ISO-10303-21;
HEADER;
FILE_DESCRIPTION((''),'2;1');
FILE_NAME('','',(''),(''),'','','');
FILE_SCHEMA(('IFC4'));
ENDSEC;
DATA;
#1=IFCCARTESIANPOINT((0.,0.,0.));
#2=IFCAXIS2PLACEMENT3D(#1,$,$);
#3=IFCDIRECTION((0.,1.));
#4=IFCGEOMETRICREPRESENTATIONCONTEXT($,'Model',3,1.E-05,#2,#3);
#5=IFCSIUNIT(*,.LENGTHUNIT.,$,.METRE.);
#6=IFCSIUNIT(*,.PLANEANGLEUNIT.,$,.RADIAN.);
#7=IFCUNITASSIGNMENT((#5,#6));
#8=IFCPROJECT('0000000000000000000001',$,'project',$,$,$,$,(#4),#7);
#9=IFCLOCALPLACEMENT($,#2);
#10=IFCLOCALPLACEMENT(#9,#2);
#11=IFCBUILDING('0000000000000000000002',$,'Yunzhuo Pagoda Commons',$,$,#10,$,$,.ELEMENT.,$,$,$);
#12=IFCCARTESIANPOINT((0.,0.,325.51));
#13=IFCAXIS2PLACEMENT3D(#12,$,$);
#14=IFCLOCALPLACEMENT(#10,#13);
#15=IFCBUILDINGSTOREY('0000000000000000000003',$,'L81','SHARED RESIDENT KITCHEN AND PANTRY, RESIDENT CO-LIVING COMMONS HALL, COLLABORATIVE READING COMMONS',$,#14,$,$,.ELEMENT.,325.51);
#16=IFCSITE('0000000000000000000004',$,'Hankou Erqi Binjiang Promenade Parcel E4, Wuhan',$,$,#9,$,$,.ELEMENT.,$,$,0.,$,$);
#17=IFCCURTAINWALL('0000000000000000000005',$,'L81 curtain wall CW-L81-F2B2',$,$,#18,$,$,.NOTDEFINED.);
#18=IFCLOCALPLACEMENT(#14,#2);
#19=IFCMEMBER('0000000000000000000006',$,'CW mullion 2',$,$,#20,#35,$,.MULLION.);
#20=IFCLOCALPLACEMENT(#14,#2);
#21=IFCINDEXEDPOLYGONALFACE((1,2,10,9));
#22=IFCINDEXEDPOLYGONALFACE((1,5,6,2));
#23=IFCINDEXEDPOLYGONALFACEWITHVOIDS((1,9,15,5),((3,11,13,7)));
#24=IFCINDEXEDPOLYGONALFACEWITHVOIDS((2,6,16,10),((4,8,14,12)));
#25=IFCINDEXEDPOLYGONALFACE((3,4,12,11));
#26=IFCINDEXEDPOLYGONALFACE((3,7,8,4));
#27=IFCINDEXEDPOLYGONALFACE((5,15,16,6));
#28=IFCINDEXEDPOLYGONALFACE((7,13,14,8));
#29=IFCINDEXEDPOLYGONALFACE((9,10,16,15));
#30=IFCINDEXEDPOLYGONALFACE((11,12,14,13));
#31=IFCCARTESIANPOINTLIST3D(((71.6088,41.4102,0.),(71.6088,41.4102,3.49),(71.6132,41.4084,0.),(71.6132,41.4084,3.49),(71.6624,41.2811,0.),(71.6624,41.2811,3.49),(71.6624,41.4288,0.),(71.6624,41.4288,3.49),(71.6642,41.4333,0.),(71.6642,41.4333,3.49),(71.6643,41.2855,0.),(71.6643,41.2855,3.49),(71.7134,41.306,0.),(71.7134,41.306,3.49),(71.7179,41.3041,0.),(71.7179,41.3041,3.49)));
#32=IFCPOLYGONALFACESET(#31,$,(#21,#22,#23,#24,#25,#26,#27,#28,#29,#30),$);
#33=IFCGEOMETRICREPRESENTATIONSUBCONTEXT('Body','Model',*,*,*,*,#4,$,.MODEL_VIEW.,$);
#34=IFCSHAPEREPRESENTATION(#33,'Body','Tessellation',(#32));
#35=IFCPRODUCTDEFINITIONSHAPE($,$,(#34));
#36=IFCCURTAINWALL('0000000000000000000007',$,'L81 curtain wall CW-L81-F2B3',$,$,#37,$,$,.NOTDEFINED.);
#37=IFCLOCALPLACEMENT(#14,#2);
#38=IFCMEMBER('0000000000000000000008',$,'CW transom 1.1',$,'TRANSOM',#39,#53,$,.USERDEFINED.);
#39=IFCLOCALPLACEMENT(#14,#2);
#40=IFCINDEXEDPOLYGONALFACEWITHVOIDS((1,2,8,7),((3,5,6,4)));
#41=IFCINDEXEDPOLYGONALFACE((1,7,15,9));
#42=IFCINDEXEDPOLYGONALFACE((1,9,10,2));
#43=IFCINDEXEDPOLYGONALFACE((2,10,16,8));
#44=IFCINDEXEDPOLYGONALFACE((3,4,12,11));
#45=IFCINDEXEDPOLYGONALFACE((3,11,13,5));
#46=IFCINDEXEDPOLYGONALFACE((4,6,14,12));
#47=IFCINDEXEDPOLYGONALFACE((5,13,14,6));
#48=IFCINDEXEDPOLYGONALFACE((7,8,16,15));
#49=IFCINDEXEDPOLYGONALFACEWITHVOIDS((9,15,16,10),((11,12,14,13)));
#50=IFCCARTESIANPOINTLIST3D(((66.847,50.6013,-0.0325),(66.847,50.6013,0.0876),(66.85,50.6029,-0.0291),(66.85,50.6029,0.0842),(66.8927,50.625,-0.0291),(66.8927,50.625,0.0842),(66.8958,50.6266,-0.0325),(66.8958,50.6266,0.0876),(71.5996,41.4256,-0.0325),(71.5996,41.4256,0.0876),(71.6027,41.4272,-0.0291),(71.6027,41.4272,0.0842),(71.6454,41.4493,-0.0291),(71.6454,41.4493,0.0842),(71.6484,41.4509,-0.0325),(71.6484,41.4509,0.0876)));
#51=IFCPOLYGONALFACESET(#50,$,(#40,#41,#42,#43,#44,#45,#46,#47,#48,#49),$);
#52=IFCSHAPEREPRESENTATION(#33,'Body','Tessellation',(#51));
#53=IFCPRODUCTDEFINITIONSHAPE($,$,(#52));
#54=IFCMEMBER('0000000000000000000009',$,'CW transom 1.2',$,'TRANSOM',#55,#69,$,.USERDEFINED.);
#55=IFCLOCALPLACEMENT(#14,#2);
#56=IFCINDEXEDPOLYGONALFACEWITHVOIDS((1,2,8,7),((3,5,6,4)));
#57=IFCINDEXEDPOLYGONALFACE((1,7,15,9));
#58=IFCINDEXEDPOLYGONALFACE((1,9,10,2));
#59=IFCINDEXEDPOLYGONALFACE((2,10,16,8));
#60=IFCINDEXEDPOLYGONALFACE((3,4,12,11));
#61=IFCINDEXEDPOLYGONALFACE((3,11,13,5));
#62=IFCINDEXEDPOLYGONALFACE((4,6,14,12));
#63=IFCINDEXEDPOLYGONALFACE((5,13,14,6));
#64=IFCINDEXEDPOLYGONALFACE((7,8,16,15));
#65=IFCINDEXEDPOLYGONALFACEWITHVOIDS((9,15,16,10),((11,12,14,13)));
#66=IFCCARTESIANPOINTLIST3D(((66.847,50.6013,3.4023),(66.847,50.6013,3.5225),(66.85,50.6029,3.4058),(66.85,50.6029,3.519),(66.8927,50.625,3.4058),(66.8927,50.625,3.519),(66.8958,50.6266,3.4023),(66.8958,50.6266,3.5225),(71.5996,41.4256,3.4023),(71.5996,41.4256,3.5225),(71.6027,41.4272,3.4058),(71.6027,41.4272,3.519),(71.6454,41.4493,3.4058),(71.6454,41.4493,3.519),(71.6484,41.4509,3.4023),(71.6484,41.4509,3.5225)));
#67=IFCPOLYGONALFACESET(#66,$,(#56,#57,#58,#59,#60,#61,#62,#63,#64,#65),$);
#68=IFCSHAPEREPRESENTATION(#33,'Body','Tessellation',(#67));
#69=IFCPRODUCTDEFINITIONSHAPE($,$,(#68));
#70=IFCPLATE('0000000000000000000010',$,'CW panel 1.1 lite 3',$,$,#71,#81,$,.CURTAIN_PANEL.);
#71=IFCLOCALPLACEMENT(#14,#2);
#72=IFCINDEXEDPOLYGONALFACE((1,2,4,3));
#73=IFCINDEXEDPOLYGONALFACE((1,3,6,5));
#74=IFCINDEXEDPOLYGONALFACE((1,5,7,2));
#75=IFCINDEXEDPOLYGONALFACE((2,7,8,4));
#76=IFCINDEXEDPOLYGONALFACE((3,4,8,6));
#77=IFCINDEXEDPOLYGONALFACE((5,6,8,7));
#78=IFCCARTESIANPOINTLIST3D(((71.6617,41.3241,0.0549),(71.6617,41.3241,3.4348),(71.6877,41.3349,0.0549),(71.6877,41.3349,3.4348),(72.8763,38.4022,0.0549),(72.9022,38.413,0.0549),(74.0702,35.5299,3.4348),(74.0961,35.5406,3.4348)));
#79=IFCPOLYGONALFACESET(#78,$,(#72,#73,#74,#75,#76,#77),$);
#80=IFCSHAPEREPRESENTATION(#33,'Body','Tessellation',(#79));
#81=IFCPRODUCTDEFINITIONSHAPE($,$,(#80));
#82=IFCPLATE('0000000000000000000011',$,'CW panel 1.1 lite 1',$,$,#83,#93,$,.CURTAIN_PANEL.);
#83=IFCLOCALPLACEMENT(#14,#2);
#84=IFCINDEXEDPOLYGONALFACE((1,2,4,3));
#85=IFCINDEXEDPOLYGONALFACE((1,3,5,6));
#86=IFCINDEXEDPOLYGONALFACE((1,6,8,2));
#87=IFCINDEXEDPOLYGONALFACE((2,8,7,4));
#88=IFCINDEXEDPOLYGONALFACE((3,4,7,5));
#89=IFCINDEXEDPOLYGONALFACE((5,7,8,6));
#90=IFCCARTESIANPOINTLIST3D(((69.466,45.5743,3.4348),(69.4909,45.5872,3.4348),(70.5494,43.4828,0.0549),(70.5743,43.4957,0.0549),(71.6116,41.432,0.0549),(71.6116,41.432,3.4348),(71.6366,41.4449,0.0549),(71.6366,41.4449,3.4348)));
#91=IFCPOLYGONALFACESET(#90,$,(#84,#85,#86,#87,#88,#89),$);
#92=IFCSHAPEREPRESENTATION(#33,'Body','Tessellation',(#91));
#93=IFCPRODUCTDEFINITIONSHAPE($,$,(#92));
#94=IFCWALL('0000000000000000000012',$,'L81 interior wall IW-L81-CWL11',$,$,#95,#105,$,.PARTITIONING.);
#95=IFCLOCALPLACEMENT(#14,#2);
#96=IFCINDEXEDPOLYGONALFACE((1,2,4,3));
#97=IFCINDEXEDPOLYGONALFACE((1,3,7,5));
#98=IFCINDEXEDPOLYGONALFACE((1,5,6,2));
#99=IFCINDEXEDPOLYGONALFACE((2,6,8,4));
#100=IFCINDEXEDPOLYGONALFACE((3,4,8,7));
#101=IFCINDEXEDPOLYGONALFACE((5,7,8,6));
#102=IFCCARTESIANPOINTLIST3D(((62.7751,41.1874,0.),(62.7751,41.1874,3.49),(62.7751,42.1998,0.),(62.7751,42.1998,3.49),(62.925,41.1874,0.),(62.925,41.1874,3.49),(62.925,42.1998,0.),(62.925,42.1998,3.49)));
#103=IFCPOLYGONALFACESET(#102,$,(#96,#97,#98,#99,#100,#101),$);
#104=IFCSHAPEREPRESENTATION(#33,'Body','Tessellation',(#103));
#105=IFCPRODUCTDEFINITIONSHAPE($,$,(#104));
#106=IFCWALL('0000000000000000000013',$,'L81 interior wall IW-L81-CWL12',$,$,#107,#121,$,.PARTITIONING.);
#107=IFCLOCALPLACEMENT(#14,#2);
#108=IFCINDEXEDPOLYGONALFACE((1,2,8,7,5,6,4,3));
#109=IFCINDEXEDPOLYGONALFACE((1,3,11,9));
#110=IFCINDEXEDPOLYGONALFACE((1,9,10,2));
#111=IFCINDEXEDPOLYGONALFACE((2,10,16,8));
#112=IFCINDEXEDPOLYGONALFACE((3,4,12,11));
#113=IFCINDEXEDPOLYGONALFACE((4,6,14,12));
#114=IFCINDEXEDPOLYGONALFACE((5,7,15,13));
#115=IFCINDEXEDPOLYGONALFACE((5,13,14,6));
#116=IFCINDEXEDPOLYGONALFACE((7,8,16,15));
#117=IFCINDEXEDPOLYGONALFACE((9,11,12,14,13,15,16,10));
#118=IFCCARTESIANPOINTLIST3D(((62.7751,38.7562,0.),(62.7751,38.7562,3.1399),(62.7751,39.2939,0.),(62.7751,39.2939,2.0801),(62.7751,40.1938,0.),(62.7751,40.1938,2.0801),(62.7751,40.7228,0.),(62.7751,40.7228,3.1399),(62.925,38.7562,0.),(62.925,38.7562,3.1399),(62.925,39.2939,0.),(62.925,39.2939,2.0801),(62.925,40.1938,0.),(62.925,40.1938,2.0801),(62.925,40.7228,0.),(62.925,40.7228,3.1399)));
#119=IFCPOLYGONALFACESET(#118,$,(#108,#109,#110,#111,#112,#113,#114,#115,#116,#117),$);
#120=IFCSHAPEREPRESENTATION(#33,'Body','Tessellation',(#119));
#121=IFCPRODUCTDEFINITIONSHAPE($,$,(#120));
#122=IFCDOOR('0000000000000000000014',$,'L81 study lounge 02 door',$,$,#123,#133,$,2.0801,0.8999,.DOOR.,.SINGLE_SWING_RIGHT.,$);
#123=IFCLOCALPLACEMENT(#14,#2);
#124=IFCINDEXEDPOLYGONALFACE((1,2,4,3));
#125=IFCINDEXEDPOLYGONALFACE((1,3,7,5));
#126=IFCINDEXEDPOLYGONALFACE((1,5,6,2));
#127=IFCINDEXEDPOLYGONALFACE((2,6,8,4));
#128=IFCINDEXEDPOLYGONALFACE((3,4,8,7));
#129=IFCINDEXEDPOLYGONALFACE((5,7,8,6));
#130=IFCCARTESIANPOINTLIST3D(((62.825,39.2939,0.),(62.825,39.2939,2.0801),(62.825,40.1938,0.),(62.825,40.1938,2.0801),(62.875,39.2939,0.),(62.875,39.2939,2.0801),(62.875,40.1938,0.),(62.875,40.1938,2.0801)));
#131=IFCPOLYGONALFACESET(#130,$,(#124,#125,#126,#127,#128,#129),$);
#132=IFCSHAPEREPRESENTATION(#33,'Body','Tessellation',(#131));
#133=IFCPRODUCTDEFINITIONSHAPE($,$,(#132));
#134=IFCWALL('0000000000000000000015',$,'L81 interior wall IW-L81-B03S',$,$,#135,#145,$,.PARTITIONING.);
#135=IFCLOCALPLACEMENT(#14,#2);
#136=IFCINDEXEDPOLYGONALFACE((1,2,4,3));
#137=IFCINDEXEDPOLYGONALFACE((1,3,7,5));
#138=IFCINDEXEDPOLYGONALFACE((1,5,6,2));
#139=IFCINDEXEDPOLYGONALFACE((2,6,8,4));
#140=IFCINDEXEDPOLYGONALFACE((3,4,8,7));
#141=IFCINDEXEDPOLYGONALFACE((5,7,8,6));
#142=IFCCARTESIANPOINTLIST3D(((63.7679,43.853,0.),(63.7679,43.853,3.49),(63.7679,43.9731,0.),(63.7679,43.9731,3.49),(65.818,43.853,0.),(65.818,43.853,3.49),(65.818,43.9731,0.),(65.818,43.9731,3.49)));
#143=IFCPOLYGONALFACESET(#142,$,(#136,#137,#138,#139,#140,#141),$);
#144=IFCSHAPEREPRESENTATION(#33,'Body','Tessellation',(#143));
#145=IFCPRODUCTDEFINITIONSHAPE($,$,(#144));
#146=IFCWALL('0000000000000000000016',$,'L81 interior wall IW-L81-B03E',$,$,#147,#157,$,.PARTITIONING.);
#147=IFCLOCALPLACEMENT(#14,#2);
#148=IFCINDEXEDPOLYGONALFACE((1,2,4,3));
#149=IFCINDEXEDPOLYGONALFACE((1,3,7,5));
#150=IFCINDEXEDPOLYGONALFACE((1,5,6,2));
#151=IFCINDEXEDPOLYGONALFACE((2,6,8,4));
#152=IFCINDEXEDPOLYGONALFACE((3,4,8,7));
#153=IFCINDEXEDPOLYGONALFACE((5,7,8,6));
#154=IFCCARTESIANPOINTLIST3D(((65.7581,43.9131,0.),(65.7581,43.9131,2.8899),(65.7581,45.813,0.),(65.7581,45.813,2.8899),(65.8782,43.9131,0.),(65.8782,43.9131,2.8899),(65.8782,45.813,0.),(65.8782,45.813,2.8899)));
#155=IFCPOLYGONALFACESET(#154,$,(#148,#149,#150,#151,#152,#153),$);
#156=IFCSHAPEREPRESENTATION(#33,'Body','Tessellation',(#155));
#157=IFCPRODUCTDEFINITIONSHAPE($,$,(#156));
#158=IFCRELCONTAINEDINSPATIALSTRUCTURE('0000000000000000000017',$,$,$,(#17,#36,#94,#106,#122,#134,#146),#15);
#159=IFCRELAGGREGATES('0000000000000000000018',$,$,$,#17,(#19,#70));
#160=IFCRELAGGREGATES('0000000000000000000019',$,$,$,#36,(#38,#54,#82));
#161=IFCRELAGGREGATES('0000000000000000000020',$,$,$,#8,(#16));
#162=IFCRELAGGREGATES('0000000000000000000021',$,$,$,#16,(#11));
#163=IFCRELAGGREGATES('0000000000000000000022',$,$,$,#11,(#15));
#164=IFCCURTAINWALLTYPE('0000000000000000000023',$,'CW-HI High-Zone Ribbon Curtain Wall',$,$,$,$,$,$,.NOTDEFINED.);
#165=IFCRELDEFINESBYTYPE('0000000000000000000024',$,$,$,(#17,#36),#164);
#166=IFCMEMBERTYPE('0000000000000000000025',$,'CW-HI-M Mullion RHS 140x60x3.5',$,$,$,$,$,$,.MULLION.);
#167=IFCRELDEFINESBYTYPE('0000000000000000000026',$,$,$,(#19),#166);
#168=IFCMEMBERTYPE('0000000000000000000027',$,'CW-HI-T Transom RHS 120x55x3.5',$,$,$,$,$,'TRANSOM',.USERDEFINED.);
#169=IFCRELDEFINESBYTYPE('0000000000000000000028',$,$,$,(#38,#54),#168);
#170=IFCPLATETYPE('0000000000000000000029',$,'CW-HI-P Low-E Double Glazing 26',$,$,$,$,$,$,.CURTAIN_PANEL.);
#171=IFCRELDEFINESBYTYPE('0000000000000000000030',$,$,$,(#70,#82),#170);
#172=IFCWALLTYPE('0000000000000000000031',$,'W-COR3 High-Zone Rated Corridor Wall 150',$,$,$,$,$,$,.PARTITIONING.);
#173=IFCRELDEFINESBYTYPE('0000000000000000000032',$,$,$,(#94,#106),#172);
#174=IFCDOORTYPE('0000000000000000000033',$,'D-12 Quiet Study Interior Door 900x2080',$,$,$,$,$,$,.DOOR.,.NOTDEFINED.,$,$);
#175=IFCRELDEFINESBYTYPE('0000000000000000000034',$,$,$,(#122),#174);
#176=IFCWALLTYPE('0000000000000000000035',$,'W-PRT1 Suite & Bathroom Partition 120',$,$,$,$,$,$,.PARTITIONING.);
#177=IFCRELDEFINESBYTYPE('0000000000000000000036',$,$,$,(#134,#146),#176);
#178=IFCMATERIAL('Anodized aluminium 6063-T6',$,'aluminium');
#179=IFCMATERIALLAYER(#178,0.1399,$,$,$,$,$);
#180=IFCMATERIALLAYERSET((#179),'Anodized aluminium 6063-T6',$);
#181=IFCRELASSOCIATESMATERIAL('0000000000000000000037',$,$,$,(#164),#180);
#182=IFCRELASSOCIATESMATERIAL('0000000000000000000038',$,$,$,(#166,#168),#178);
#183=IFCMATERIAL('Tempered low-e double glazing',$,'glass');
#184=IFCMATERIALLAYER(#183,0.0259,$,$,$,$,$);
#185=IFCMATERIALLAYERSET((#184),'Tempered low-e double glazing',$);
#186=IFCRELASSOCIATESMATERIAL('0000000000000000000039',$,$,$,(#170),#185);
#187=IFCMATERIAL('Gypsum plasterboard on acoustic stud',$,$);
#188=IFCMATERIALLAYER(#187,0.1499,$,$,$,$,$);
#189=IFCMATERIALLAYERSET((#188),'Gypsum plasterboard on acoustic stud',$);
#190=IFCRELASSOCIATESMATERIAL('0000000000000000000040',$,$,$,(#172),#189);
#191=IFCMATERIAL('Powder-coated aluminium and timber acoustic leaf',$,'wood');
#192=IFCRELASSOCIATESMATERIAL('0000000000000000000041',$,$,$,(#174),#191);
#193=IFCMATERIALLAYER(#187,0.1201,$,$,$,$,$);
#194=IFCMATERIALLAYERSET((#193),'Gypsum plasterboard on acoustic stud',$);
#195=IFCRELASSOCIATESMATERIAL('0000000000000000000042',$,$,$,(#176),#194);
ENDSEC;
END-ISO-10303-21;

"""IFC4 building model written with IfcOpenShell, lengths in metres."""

from ifc_helpers import new_model, si_unit, direction, frame, frame_2d, origin, origin_with_axes, origin_2d, place, context, subcontext, project, spatial, polyline, rectangle, hollow_rectangle, outline, extrude, source, transform, mapped, material, layer, layer_set, material_profile, profile_set, type_object, element, fill, aggregate, save


model = new_model("IFC4")

# Units and contexts
model_context = context("Model", 3, precision=1e-05, world=origin(), true_north=direction((0.0, 1.0)))
body_context = subcontext(model_context, "Body", "Model", "MODEL_VIEW")
ifc_project = project(units=[si_unit("LENGTHUNIT", "METRE"), si_unit("PLANEANGLEUNIT", "RADIAN")], contexts=[model_context])

# Site, building, storey
site_placement = place(None, origin())
site = spatial("IfcSite", under=ifc_project, at=site_placement, Name="Hankou Erqi Binjiang Promenade Parcel E4, Wuhan", CompositionType="ELEMENT", RefElevation=0.0)
building_placement = place(site_placement, origin())
building = spatial("IfcBuilding", under=site, at=building_placement, Name="Yunzhuo Pagoda Commons", CompositionType="ELEMENT")
storey_placement = place(building_placement, frame((0.0, 0.0, 325.51)))
storey = spatial("IfcBuildingStorey", under=building, at=storey_placement, Name="L81", Description="SHARED RESIDENT KITCHEN AND PANTRY, RESIDENT CO-LIVING COMMONS HALL, COLLABORATIVE READING COMMONS", CompositionType="ELEMENT", Elevation=325.51)

# Curtain wall, member
ifc_material_1 = material(Name="Anodized aluminium 6063-T6", Category="aluminium")
ifc_layer_1 = layer(ifc_material_1, 0.1399)
ifc_layer_set_1 = layer_set([ifc_layer_1], Name="Anodized aluminium 6063-T6")
curtain_wall_type = type_object("IfcCurtainWallType", Name="CW-HI High-Zone Ribbon Curtain Wall", PredefinedType="NOTDEFINED", material=ifc_layer_set_1)
curtain_wall_1_placement = place(storey_placement, origin())
curtain_wall_1 = element("IfcCurtainWall", 1, at=curtain_wall_1_placement, inside=storey, type_object=curtain_wall_type, Name="L81 curtain wall CW-L81-F2B2", PredefinedType="NOTDEFINED")
ifc_material_profile_1 = material_profile(ifc_material_1, hollow_rectangle(XDim=0.0601, YDim=0.1399, WallThickness=0.0034, at=origin_2d()), Name="Anodized aluminium 6063-T6")
ifc_profile_set_1 = profile_set([ifc_material_profile_1], Name="Anodized aluminium 6063-T6")
member_type_1 = type_object("IfcMemberType", Name="CW-HI-M Mullion RHS 140x60x3.5", PredefinedType="MULLION", material=ifc_profile_set_1)
shared_shape_1 = source(origin(), body_context, "Body", "SweptSolid", [
    extrude(hollow_rectangle(XDim=0.0601, YDim=0.1399, WallThickness=0.0034, at=origin_2d()), origin(), (0.0, 0.0, 1.0), 3.49),
])
member_1_placement = place(storey_placement, frame((71.6633, 41.3572, 0.0), z_axis=(0.0, 0.0, 1.0), x_axis=(-0.923407, -0.383822, 0.0)))
member_1 = element("IfcMember", 2, at=member_1_placement, type_object=member_type_1, Name="CW mullion 2", PredefinedType="MULLION", context=body_context, shape_type="MappedRepresentation", body=[
    mapped(shared_shape_1, transform((0.0, 0.0, 0.0), scale=1.0)),
])

# Curtain wall, members
curtain_wall_2_placement = place(storey_placement, origin())
curtain_wall_2 = element("IfcCurtainWall", 3, at=curtain_wall_2_placement, inside=storey, type_object=curtain_wall_type, Name="L81 curtain wall CW-L81-F2B3", PredefinedType="NOTDEFINED")
ifc_material_profile_2 = material_profile(ifc_material_1, hollow_rectangle(XDim=0.0549, YDim=0.1201, WallThickness=0.0034, at=origin_2d()), Name="Anodized aluminium 6063-T6")
ifc_profile_set_2 = profile_set([ifc_material_profile_2], Name="Anodized aluminium 6063-T6")
member_type_2 = type_object("IfcMemberType", Name="CW-HI-T Transom RHS 120x55x3.5", ElementType="TRANSOM", PredefinedType="USERDEFINED", material=ifc_profile_set_2)
shared_shape_2 = source(origin(), body_context, "Body", "SweptSolid", [
    extrude(hollow_rectangle(XDim=0.0549, YDim=0.1201, WallThickness=0.0034, at=origin_2d()), origin(), (0.0, 0.0, 1.0), 10.3335),
])
member_2_placement = place(storey_placement, frame((71.624, 41.4382, 0.0276), z_axis=(-0.459926, 0.887957, 0.0), x_axis=(-0.887957, -0.459926, 0.0)))
member_2 = element("IfcMember", 4, at=member_2_placement, type_object=member_type_2, Name="CW transom 1.1", ObjectType="TRANSOM", PredefinedType="USERDEFINED", context=body_context, shape_type="MappedRepresentation", body=[
    mapped(shared_shape_2, transform((0.0, 0.0, 0.0), scale=1.0)),
])
member_3_placement = place(storey_placement, frame((71.624, 41.4382, 3.4624), z_axis=(-0.459926, 0.887957, 0.0), x_axis=(-0.887957, -0.459926, 0.0)))
member_3 = element("IfcMember", 5, at=member_3_placement, type_object=member_type_2, Name="CW transom 1.2", ObjectType="TRANSOM", PredefinedType="USERDEFINED", context=body_context, shape_type="MappedRepresentation", body=[
    mapped(shared_shape_2, transform((0.0, 0.0, 0.0), scale=1.0)),
])

# Plates
ifc_material_2 = material(Name="Tempered low-e double glazing", Category="glass")
ifc_layer_2 = layer(ifc_material_2, 0.0259)
ifc_layer_set_2 = layer_set([ifc_layer_2], Name="Tempered low-e double glazing")
plate_type = type_object("IfcPlateType", Name="CW-HI-P Low-E Double Glazing 26", PredefinedType="CURTAIN_PANEL", material=ifc_layer_set_2)
plate_1_placement = place(storey_placement, frame((72.866, 38.427, 1.7449), z_axis=(0.923407, 0.383822, 0.0), x_axis=(-0.383822, 0.923407, 0.0)))
plate_1 = element("IfcPlate", 6, at=plate_1_placement, type_object=plate_type, Name="CW panel 1.1 lite 3", PredefinedType="CURTAIN_PANEL", context=body_context, shape_type="SweptSolid", body=[
    extrude(outline(polyline([(-3.1375, 1.6899), (-0.0269, -1.6899), (3.1375, -1.6899), (3.1375, 1.6899), (-3.1375, 1.6899)])), origin(), (0.0, 0.0, 1.0), 0.0281),
])
aggregate(curtain_wall_1, [member_1, plate_1])
plate_2_placement = place(storey_placement, frame((70.5388, 43.5032, 1.7449), z_axis=(0.887948, 0.459945, 0.0), x_axis=(-0.459945, 0.887948, 0.0)))
plate_2 = element("IfcPlate", 7, at=plate_2_placement, type_object=plate_type, Name="CW panel 1.1 lite 1", PredefinedType="CURTAIN_PANEL", context=body_context, shape_type="SweptSolid", body=[
    extrude(outline(polyline([(-2.3325, -1.6899), (-0.0229, -1.6899), (2.3325, 1.6899), (-2.3325, 1.6899), (-2.3325, -1.6899)])), origin(), (0.0, 0.0, 1.0), 0.0281),
])
aggregate(curtain_wall_2, [member_2, member_3, plate_2])

# Wall
ifc_material_3 = material(Name="Gypsum plasterboard on acoustic stud")
ifc_layer_3 = layer(ifc_material_3, 0.1499)
ifc_layer_set_3 = layer_set([ifc_layer_3], Name="Gypsum plasterboard on acoustic stud")
wall_type_1 = type_object("IfcWallType", Name="W-COR3 High-Zone Rated Corridor Wall 150", PredefinedType="PARTITIONING", material=ifc_layer_set_3)
wall_1_placement = place(storey_placement, frame((62.8501, 42.2, 0.0), z_axis=(0.0, 0.0, 1.0), x_axis=(0.0, -1.0, 0.0)))
element("IfcWall", 8, at=wall_1_placement, inside=storey, type_object=wall_type_1, Name="L81 interior wall IW-L81-CWL11", PredefinedType="PARTITIONING", context=body_context, shape_type="SweptSolid", body=[
    extrude(rectangle(XDim=1.0125, YDim=0.1499, at=frame_2d((0.5063, 0.0))), origin(), (0.0, 0.0, 1.0), 3.49),
])

# Wall, opening, door
wall_2_placement = place(storey_placement, frame((62.8501, 40.7229, 0.0), z_axis=(0.0, 0.0, 1.0), x_axis=(0.0, -1.0, 0.0)))
wall_2 = element("IfcWall", 9, at=wall_2_placement, inside=storey, type_object=wall_type_1, Name="L81 interior wall IW-L81-CWL12", PredefinedType="PARTITIONING", context=body_context, shape_type="SweptSolid", body=[
    extrude(rectangle(XDim=1.9666, YDim=0.1499, at=frame_2d((0.9834, 0.0))), origin(), (0.0, 0.0, 1.0), 3.1399),
])
opening_1_placement = place(wall_2_placement, frame((0.5291, 0.0, 0.0)))
opening_1 = element("IfcOpeningElement", 10, at=opening_1_placement, cuts=wall_2, PredefinedType="OPENING", context=body_context, shape_type="SweptSolid", body=[
    extrude(rectangle(XDim=0.8999, YDim=2.0801, at=frame_2d((0.45, 1.04))), frame((0.0, 0.085, 0.0), z_axis=(0.0, -1.0, 0.0), x_axis=(1.0, 0.0, 0.0)), (0.0, 0.0, 1.0), 0.1699),
])
ifc_material_4 = material(Name="Powder-coated aluminium and timber acoustic leaf", Category="wood")
door_type_1 = type_object("IfcDoorType", Name="D-12 Quiet Study Interior Door 900x2080", OperationType="NOTDEFINED", PredefinedType="DOOR", material=ifc_material_4)
shared_shape_3 = source(origin(), body_context, "Body", "SweptSolid", [
    extrude(rectangle(XDim=0.8999, YDim=2.0801, at=frame_2d((0.45, 1.04))), frame((0.0, 0.0249, 0.0), z_axis=(0.0, -1.0, 0.0), x_axis=(1.0, 0.0, 0.0)), (0.0, 0.0, 1.0), 0.05),
])
door_1_placement = place(opening_1_placement, origin_with_axes())
door_1 = element("IfcDoor", 11, at=door_1_placement, inside=storey, type_object=door_type_1, Name="L81 study lounge 02 door", OperationType="SINGLE_SWING_RIGHT", OverallHeight=2.0801, OverallWidth=0.8999, PredefinedType="DOOR", context=body_context, shape_type="MappedRepresentation", body=[
    mapped(shared_shape_3, transform((0.0, 0.0, 0.0), scale=1.0)),
])
fill(opening_1, door_1)

# Walls
ifc_layer_4 = layer(ifc_material_3, 0.1201)
ifc_layer_set_4 = layer_set([ifc_layer_4], Name="Gypsum plasterboard on acoustic stud")
wall_type_2 = type_object("IfcWallType", Name="W-PRT1 Suite & Bathroom Partition 120", PredefinedType="PARTITIONING", material=ifc_layer_set_4)
wall_3_placement = place(storey_placement, frame((63.7681, 43.9131, 0.0), z_axis=(0.0, 0.0, 1.0), x_axis=(1.0, 0.0, 0.0)))
element("IfcWall", 12, at=wall_3_placement, inside=storey, type_object=wall_type_2, Name="L81 interior wall IW-L81-B03S", PredefinedType="PARTITIONING", context=body_context, shape_type="SweptSolid", body=[
    extrude(rectangle(XDim=2.05, YDim=0.1201, at=frame_2d((1.0249, 0.0))), origin(), (0.0, 0.0, 1.0), 3.49),
])
wall_4_placement = place(storey_placement, frame((65.8181, 43.9131, 0.0), z_axis=(0.0, 0.0, 1.0), x_axis=(0.0, 1.0, 0.0)))
element("IfcWall", 13, at=wall_4_placement, inside=storey, type_object=wall_type_2, Name="L81 interior wall IW-L81-B03E", PredefinedType="PARTITIONING", context=body_context, shape_type="SweptSolid", body=[
    extrude(rectangle(XDim=1.8999, YDim=0.1201, at=frame_2d((0.95, 0.0))), origin(), (0.0, 0.0, 1.0), 2.8899),
])

save(model, "model.ifc")
